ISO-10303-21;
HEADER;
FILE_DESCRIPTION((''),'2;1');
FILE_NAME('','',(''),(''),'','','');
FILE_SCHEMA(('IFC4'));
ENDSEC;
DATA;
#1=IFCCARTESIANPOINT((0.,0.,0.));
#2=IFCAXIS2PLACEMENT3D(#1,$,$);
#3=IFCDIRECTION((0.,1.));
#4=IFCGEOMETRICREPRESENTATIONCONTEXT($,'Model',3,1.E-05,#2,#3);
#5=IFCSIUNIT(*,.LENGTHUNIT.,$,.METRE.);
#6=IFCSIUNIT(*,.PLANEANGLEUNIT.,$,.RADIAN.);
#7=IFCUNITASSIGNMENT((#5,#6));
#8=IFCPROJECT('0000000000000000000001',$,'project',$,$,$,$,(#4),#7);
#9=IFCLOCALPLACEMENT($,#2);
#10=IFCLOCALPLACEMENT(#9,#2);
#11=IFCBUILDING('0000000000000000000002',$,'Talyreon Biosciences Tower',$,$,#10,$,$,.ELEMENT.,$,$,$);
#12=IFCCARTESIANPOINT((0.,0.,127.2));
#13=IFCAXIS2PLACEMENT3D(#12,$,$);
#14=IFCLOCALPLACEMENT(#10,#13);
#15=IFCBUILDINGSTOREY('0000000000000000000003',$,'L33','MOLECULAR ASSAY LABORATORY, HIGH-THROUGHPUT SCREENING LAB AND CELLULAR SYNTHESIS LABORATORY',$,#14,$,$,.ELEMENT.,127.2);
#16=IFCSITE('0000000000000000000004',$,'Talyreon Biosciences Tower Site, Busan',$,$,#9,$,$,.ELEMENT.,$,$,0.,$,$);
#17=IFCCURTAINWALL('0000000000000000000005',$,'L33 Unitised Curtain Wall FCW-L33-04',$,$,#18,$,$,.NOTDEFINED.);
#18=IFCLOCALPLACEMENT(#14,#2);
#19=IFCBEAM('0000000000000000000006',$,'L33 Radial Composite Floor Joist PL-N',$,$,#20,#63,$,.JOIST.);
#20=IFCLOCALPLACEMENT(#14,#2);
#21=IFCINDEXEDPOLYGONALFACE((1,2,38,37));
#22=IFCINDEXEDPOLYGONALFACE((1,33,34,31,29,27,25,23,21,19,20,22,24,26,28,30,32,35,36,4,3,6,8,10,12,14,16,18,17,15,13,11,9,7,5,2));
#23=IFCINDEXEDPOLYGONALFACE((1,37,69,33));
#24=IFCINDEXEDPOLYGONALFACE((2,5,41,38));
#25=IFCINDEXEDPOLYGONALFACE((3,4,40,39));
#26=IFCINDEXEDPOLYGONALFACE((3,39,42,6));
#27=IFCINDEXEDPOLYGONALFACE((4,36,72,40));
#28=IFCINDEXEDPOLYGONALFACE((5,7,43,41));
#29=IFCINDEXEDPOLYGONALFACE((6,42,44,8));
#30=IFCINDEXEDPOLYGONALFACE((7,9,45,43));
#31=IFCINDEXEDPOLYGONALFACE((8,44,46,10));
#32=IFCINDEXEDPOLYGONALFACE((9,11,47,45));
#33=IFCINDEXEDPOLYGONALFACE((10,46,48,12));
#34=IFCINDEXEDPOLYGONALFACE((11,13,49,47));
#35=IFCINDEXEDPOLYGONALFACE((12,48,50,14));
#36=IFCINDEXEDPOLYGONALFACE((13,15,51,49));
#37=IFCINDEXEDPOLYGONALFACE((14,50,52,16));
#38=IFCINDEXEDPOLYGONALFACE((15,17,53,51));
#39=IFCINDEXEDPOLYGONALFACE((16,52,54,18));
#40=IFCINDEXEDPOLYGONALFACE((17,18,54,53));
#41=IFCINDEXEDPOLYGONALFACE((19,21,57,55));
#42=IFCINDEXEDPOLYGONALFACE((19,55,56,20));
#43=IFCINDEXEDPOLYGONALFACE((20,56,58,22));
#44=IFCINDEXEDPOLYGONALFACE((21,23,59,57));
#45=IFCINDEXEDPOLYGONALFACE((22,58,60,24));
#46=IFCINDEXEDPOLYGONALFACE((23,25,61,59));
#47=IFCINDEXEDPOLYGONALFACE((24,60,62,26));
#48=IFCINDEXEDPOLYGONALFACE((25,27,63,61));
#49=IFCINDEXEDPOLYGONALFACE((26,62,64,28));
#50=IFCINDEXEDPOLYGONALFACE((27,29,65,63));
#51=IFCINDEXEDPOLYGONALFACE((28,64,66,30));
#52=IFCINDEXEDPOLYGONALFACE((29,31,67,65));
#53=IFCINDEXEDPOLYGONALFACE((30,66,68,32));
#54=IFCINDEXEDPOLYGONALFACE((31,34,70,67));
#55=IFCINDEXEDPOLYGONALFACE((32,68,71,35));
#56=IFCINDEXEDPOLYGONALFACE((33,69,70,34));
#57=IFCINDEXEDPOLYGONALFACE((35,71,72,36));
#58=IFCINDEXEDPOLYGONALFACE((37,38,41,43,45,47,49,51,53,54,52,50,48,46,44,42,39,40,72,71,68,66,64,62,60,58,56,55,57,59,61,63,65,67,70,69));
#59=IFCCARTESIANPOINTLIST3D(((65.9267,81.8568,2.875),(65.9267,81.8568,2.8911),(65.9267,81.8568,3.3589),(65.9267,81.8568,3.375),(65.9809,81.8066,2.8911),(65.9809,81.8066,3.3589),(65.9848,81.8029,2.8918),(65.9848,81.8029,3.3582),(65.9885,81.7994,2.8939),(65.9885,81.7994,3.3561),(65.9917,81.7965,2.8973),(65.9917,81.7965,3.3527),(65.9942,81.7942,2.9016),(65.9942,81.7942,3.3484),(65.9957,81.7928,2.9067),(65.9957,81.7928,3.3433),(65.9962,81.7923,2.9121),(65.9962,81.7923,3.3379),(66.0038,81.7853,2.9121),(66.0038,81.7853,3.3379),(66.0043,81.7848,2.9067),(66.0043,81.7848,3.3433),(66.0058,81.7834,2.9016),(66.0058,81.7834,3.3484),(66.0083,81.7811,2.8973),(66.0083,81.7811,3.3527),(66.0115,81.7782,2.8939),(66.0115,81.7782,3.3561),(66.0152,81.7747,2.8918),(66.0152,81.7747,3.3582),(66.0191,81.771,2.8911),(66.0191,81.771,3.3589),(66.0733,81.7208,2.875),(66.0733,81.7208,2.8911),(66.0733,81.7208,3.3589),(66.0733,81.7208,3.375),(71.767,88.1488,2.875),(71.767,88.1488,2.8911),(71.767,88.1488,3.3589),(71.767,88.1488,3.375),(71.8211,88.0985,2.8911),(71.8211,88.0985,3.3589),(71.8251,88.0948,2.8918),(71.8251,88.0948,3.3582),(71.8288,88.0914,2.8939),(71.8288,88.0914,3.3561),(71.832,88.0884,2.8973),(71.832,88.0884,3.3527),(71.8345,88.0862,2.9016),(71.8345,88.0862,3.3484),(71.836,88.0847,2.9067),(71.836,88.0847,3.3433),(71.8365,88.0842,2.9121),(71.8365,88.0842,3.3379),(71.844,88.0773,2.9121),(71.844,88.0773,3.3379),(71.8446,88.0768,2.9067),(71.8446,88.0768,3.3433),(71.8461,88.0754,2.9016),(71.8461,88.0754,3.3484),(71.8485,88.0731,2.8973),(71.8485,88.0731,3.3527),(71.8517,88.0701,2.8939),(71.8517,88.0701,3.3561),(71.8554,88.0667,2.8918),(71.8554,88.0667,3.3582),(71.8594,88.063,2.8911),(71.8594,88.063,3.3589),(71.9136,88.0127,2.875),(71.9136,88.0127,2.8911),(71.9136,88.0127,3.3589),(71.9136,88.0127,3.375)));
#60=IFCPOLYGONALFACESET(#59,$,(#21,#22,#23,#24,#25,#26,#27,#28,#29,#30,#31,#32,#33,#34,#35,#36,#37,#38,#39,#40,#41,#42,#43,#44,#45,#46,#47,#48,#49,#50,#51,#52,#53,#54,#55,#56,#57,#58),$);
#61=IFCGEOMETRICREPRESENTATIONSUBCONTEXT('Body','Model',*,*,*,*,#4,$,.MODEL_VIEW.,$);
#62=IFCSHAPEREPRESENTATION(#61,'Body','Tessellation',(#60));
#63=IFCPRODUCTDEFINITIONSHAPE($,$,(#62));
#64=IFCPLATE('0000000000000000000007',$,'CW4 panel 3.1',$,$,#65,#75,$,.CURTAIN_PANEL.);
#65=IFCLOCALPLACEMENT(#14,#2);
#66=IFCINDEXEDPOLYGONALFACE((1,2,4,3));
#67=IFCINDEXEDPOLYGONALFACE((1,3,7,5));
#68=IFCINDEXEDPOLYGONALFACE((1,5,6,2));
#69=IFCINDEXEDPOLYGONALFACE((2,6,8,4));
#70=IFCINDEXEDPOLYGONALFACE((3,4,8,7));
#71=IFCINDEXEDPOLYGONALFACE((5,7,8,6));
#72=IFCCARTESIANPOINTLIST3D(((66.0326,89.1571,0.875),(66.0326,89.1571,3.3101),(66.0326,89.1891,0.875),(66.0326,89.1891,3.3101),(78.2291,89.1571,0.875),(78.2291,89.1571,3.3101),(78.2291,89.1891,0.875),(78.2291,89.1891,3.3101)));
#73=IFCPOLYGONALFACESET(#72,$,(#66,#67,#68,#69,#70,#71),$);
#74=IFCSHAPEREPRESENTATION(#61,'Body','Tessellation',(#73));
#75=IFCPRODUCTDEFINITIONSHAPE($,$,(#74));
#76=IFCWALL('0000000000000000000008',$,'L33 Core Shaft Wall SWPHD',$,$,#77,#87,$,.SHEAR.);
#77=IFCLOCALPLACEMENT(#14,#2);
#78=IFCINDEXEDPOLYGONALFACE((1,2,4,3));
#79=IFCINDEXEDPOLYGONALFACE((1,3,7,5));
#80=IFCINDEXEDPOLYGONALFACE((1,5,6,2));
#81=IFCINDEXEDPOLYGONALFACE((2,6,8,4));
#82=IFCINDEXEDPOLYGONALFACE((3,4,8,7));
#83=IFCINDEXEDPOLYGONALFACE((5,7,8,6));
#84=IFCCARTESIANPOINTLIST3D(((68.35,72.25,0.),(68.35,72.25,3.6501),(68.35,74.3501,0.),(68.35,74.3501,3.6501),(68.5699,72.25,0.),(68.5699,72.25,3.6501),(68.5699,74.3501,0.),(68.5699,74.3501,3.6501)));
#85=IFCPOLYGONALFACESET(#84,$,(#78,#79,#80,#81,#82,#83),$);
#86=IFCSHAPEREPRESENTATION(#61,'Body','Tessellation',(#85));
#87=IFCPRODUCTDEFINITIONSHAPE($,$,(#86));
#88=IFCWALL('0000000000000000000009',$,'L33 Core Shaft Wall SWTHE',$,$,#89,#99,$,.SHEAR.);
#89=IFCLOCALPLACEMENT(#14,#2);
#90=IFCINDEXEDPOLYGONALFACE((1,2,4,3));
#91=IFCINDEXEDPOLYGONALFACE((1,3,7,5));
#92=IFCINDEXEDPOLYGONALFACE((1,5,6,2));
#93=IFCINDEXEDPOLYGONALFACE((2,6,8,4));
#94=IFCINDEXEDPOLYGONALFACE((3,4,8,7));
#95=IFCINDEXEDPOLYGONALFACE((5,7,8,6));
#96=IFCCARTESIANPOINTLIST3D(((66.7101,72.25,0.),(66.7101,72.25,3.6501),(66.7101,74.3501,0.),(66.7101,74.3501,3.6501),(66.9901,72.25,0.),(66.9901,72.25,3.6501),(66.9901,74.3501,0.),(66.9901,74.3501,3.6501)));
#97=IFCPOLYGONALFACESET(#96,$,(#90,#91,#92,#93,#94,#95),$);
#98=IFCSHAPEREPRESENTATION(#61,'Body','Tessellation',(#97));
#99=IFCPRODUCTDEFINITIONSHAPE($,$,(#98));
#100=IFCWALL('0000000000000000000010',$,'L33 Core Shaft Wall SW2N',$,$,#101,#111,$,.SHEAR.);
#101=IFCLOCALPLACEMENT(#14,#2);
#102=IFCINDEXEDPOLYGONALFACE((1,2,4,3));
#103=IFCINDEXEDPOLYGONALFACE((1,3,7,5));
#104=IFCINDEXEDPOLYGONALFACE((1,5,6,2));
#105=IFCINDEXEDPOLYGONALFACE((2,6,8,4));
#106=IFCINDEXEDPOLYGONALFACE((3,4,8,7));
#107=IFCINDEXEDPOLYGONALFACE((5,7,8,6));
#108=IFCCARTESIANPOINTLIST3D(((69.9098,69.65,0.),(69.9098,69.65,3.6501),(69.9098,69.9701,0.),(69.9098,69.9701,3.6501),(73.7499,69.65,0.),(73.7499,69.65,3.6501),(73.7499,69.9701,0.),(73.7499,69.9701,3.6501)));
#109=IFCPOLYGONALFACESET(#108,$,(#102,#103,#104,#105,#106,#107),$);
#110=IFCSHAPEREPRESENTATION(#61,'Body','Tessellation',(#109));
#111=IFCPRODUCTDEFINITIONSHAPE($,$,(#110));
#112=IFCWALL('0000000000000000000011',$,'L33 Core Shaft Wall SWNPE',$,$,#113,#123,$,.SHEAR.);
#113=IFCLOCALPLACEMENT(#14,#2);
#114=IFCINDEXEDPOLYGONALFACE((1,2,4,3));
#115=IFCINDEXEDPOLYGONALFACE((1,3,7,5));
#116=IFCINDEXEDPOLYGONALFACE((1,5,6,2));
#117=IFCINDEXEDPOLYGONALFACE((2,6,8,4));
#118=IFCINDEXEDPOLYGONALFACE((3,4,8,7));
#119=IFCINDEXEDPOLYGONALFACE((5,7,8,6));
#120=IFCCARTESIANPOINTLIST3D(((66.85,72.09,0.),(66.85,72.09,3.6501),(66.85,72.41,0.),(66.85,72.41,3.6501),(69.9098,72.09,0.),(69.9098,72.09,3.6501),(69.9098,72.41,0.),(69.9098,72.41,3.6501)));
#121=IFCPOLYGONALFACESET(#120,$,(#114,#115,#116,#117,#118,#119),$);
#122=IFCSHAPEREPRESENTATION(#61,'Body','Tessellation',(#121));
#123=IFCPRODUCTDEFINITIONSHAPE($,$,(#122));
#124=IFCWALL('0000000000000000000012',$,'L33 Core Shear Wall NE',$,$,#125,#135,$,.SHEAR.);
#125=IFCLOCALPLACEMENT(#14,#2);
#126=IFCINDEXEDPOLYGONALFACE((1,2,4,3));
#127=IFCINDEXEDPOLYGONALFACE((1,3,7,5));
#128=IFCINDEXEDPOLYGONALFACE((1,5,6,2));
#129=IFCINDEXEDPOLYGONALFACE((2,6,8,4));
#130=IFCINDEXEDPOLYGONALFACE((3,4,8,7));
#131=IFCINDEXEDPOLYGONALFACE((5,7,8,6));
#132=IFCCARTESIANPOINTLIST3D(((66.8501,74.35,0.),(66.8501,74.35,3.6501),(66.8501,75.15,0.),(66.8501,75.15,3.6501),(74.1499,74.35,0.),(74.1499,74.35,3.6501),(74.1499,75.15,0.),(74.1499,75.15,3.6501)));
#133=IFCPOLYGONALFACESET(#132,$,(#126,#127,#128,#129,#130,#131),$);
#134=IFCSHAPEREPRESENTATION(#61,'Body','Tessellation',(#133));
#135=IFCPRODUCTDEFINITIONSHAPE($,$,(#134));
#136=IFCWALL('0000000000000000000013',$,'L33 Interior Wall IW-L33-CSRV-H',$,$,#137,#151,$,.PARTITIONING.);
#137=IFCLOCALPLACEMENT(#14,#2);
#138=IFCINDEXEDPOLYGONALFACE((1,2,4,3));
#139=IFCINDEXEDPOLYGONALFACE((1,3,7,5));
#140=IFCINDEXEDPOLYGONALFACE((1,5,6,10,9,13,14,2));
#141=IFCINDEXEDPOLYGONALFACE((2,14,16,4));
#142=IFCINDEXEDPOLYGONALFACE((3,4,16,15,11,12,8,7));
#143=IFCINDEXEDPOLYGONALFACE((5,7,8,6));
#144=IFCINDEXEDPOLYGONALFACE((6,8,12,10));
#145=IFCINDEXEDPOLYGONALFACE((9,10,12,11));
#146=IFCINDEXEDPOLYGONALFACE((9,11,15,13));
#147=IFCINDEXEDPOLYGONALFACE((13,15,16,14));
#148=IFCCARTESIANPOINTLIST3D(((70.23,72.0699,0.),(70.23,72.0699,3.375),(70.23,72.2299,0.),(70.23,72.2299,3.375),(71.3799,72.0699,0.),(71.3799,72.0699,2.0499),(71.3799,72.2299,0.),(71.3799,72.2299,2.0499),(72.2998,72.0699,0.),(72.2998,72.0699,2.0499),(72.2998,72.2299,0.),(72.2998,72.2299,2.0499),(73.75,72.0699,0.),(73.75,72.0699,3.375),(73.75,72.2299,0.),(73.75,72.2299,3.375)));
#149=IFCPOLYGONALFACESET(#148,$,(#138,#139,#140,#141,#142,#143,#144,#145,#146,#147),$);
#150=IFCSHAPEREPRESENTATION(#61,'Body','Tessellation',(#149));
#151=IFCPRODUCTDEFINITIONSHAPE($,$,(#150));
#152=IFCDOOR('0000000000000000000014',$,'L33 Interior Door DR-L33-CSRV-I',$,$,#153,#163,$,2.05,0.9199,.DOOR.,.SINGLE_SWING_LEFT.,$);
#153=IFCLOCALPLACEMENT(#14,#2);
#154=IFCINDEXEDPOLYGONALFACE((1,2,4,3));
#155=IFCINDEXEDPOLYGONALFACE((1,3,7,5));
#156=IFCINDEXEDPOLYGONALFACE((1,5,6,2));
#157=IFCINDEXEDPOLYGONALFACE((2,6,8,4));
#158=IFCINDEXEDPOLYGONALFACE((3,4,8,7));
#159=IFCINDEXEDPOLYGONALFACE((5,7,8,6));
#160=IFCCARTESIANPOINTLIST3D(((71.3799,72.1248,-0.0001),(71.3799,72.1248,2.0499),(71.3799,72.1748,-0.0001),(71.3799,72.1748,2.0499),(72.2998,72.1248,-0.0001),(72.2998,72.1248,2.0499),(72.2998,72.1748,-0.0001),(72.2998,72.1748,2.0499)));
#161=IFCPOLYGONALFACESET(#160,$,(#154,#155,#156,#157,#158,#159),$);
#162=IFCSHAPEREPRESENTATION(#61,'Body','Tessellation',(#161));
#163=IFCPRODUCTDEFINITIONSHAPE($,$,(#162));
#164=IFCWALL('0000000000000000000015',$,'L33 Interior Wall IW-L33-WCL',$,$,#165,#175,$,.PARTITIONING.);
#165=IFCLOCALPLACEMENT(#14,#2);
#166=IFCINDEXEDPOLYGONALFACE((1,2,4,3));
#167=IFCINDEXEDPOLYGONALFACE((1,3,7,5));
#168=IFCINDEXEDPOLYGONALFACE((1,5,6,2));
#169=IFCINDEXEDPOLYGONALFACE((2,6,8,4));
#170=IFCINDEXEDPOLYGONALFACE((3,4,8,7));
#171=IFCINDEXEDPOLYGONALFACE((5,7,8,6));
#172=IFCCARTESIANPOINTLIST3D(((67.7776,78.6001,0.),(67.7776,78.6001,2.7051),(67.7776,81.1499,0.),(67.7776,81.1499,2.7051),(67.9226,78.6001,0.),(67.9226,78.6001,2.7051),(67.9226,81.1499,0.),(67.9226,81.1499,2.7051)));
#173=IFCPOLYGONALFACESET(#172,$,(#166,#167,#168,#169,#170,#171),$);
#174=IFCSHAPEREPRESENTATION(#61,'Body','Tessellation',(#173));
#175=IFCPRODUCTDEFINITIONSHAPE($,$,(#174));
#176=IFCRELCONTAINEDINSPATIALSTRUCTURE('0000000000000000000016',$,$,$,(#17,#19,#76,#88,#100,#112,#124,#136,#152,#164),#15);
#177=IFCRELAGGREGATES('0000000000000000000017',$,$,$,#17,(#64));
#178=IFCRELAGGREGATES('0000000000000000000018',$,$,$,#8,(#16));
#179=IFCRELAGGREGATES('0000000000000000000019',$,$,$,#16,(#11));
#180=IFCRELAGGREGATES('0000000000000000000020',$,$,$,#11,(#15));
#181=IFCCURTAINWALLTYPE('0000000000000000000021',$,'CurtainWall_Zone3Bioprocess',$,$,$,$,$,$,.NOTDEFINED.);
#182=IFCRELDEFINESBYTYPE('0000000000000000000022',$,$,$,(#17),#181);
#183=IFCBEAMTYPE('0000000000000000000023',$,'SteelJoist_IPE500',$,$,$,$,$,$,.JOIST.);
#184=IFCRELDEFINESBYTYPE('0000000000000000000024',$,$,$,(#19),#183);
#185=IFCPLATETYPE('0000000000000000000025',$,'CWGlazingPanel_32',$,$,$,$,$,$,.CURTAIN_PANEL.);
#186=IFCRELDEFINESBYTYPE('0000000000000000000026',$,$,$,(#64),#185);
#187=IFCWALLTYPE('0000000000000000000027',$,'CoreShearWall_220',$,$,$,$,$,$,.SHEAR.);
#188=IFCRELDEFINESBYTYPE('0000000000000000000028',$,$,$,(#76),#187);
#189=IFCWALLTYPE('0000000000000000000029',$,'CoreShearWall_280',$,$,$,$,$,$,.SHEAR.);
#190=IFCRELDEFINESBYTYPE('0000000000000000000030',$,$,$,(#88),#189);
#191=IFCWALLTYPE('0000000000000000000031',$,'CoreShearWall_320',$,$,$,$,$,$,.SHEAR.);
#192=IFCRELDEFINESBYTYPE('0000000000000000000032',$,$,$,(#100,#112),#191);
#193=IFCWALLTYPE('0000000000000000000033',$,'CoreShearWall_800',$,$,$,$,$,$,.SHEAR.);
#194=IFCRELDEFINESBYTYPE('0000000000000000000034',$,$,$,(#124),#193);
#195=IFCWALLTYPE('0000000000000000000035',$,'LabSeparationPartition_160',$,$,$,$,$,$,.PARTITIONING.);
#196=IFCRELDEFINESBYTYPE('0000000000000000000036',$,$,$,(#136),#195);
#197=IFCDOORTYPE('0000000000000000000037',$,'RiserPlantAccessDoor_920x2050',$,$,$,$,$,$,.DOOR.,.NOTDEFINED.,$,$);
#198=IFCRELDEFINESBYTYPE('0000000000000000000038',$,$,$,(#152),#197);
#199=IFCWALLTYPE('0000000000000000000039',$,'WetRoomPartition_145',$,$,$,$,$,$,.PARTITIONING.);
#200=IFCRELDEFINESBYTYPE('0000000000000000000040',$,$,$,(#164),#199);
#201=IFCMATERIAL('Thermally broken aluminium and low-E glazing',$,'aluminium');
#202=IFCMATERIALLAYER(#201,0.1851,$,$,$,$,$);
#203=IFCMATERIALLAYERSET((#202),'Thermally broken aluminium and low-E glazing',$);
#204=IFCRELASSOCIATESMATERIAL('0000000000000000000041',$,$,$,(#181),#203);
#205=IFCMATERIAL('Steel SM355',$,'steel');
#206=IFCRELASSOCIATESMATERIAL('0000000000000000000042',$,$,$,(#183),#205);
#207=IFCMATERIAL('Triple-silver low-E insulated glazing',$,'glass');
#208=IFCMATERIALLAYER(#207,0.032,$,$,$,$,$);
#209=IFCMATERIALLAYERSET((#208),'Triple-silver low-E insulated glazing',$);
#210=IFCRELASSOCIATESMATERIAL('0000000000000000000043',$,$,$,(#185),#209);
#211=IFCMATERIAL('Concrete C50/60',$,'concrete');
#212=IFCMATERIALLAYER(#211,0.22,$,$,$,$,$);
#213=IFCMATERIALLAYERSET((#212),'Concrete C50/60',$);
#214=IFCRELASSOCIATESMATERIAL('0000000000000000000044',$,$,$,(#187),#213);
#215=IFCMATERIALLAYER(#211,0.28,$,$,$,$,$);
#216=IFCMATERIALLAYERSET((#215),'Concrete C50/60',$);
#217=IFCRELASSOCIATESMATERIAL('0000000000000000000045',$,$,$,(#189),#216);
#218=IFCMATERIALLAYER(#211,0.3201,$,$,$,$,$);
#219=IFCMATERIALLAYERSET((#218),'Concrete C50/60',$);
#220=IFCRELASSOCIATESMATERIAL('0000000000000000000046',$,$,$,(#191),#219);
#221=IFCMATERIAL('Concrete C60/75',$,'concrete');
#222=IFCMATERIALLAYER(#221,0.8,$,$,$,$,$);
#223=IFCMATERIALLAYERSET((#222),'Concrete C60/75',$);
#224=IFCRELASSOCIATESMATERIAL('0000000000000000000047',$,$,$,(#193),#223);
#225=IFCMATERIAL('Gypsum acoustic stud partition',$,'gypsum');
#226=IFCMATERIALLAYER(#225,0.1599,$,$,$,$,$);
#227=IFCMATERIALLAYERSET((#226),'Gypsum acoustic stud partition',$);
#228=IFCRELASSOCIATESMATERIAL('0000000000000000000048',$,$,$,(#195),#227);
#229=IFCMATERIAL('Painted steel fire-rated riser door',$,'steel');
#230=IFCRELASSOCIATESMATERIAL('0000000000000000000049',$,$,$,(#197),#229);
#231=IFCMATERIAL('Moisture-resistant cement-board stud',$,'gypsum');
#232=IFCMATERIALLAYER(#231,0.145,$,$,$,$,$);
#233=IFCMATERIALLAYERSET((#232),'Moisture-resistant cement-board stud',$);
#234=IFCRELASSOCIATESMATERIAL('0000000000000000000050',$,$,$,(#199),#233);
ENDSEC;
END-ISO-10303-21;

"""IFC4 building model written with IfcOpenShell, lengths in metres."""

from ifc_helpers import new_model, si_unit, direction, frame, frame_2d, origin, origin_2d, place, context, subcontext, project, spatial, rectangle, i_section, extrude, material, layer, layer_set, material_profile, profile_set, type_object, element, fill, aggregate, save


model = new_model("IFC4")

# Units and contexts
model_context = context("Model", 3, precision=1e-05, world=origin(), true_north=direction((0.0, 1.0)))
body_context = subcontext(model_context, "Body", "Model", "MODEL_VIEW")
ifc_project = project(units=[si_unit("LENGTHUNIT", "METRE"), si_unit("PLANEANGLEUNIT", "RADIAN")], contexts=[model_context])

# Site, building, storey
site_placement = place(None, origin())
site = spatial("IfcSite", under=ifc_project, at=site_placement, Name="Talyreon Biosciences Tower Site, Busan", CompositionType="ELEMENT", RefElevation=0.0)
building_placement = place(site_placement, origin())
building = spatial("IfcBuilding", under=site, at=building_placement, Name="Talyreon Biosciences Tower", CompositionType="ELEMENT")
storey_placement = place(building_placement, frame((0.0, 0.0, 127.2)))
storey = spatial("IfcBuildingStorey", under=building, at=storey_placement, Name="L33", Description="MOLECULAR ASSAY LABORATORY, HIGH-THROUGHPUT SCREENING LAB AND CELLULAR SYNTHESIS LABORATORY", CompositionType="ELEMENT", Elevation=127.2)

# Shared definitions
ifc_material_1 = material(Name="Concrete C60/75", Category="concrete")
ifc_material_2 = material(Name="Concrete C50/60", Category="concrete")

# Curtain wall
ifc_material_3 = material(Name="Thermally broken aluminium and low-E glazing", Category="aluminium")
ifc_layer_1 = layer(ifc_material_3, 0.1851)
ifc_layer_set_1 = layer_set([ifc_layer_1], Name="Thermally broken aluminium and low-E glazing")
curtain_wall_type = type_object("IfcCurtainWallType", Name="CurtainWall_Zone3Bioprocess", PredefinedType="NOTDEFINED", material=ifc_layer_set_1)
curtain_wall_placement = place(storey_placement, origin())
curtain_wall = element("IfcCurtainWall", 1, at=curtain_wall_placement, inside=storey, type_object=curtain_wall_type, Name="L33 Unitised Curtain Wall FCW-L33-04", PredefinedType="NOTDEFINED")

# Beam
ifc_material_4 = material(Name="Steel SM355", Category="steel")
ifc_material_profile_1 = material_profile(ifc_material_4, i_section(OverallWidth=0.2, OverallDepth=0.5, WebThickness=0.0103, FlangeThickness=0.0161, FilletRadius=0.021, at=origin_2d()), Name="IPE500")
ifc_profile_set_1 = profile_set([ifc_material_profile_1], Name="Steel SM355")
beam_type_1 = type_object("IfcBeamType", Name="SteelJoist_IPE500", PredefinedType="JOIST", material=ifc_profile_set_1)
beam_1_placement = place(storey_placement, frame((66.0, 81.7888, 3.125), z_axis=(0.680311, 0.732923, 0.0), x_axis=(-0.732923, 0.680311, 0.0)))
element("IfcBeam", 2, at=beam_1_placement, inside=storey, type_object=beam_type_1, Name="L33 Radial Composite Floor Joist PL-N", PredefinedType="JOIST", context=body_context, shape_type="SweptSolid", body=[
    extrude(i_section(OverallWidth=0.2, OverallDepth=0.5, WebThickness=0.0103, FlangeThickness=0.0161, FilletRadius=0.021, at=origin_2d()), origin(), (0.0, 0.0, 1.0), 8.5847),
])

# Plate
ifc_material_5 = material(Name="Triple-silver low-E insulated glazing", Category="glass")
ifc_layer_2 = layer(ifc_material_5, 0.032)
ifc_layer_set_2 = layer_set([ifc_layer_2], Name="Triple-silver low-E insulated glazing")
plate_type = type_object("IfcPlateType", Name="CWGlazingPanel_32", PredefinedType="CURTAIN_PANEL", material=ifc_layer_set_2)
plate_placement = place(storey_placement, frame((72.1309, 89.1731, 0.875), z_axis=(0.0, 0.0, 1.0), x_axis=(1.0, 0.0, 0.0)))
plate = element("IfcPlate", 3, at=plate_placement, type_object=plate_type, Name="CW4 panel 3.1", PredefinedType="CURTAIN_PANEL", context=body_context, shape_type="SweptSolid", body=[
    extrude(rectangle(XDim=12.1965, YDim=0.032, at=origin_2d()), origin(), (0.0, 0.0, 1.0), 2.4351),
])
aggregate(curtain_wall, [plate])

# Walls
ifc_layer_3 = layer(ifc_material_2, 0.22)
ifc_layer_set_3 = layer_set([ifc_layer_3], Name="Concrete C50/60")
wall_type_1 = type_object("IfcWallType", Name="CoreShearWall_220", PredefinedType="SHEAR", material=ifc_layer_set_3)
wall_1_placement = place(storey_placement, frame((68.46, 72.25, 0.0), z_axis=(0.0, 0.0, 1.0), x_axis=(0.0, 1.0, 0.0)))
element("IfcWall", 4, at=wall_1_placement, inside=storey, type_object=wall_type_1, Name="L33 Core Shaft Wall SWPHD", PredefinedType="SHEAR", context=body_context, shape_type="SweptSolid", body=[
    extrude(rectangle(XDim=2.1001, YDim=0.22, at=frame_2d((1.05, 0.0))), origin(), (0.0, 0.0, 1.0), 3.6501),
])
ifc_layer_4 = layer(ifc_material_2, 0.28)
ifc_layer_set_4 = layer_set([ifc_layer_4], Name="Concrete C50/60")
wall_type_2 = type_object("IfcWallType", Name="CoreShearWall_280", PredefinedType="SHEAR", material=ifc_layer_set_4)
wall_2_placement = place(storey_placement, frame((66.8501, 72.25, 0.0), z_axis=(0.0, 0.0, 1.0), x_axis=(0.0, 1.0, 0.0)))
element("IfcWall", 5, at=wall_2_placement, inside=storey, type_object=wall_type_2, Name="L33 Core Shaft Wall SWTHE", PredefinedType="SHEAR", context=body_context, shape_type="SweptSolid", body=[
    extrude(rectangle(XDim=2.1001, YDim=0.28, at=frame_2d((1.05, 0.0))), origin(), (0.0, 0.0, 1.0), 3.6501),
])
ifc_layer_5 = layer(ifc_material_2, 0.3201)
ifc_layer_set_5 = layer_set([ifc_layer_5], Name="Concrete C50/60")
wall_type_3 = type_object("IfcWallType", Name="CoreShearWall_320", PredefinedType="SHEAR", material=ifc_layer_set_5)
wall_3_placement = place(storey_placement, frame((69.9099, 69.8101, 0.0), z_axis=(0.0, 0.0, 1.0), x_axis=(1.0, 0.0, 0.0)))
element("IfcWall", 6, at=wall_3_placement, inside=storey, type_object=wall_type_3, Name="L33 Core Shaft Wall SW2N", PredefinedType="SHEAR", context=body_context, shape_type="SweptSolid", body=[
    extrude(rectangle(XDim=3.8401, YDim=0.3201, at=frame_2d((1.9199, 0.0))), origin(), (0.0, 0.0, 1.0), 3.6501),
])
wall_4_placement = place(storey_placement, frame((66.8501, 72.25, 0.0), z_axis=(0.0, 0.0, 1.0), x_axis=(1.0, 0.0, 0.0)))
element("IfcWall", 7, at=wall_4_placement, inside=storey, type_object=wall_type_3, Name="L33 Core Shaft Wall SWNPE", PredefinedType="SHEAR", context=body_context, shape_type="SweptSolid", body=[
    extrude(rectangle(XDim=3.0598, YDim=0.3201, at=frame_2d((1.5298, 0.0))), origin(), (0.0, 0.0, 1.0), 3.6501),
])
ifc_layer_6 = layer(ifc_material_1, 0.8)
ifc_layer_set_6 = layer_set([ifc_layer_6], Name="Concrete C60/75")
wall_type_4 = type_object("IfcWallType", Name="CoreShearWall_800", PredefinedType="SHEAR", material=ifc_layer_set_6)
wall_5_placement = place(storey_placement, frame((74.1499, 74.75, 0.0), z_axis=(0.0, 0.0, 1.0), x_axis=(-1.0, 0.0, 0.0)))
element("IfcWall", 8, at=wall_5_placement, inside=storey, type_object=wall_type_4, Name="L33 Core Shear Wall NE", PredefinedType="SHEAR", context=body_context, shape_type="SweptSolid", body=[
    extrude(rectangle(XDim=7.2998, YDim=0.8, at=frame_2d((3.6499, 0.0))), origin(), (0.0, 0.0, 1.0), 3.6501),
])

# Wall, opening, door
ifc_material_6 = material(Name="Gypsum acoustic stud partition", Category="gypsum")
ifc_layer_7 = layer(ifc_material_6, 0.1599)
ifc_layer_set_7 = layer_set([ifc_layer_7], Name="Gypsum acoustic stud partition")
wall_type_5 = type_object("IfcWallType", Name="LabSeparationPartition_160", PredefinedType="PARTITIONING", material=ifc_layer_set_7)
wall_6_placement = place(storey_placement, frame((70.23, 72.1499, 0.0), z_axis=(0.0, 0.0, 1.0), x_axis=(1.0, 0.0, 0.0)))
wall_6 = element("IfcWall", 9, at=wall_6_placement, inside=storey, type_object=wall_type_5, Name="L33 Interior Wall IW-L33-CSRV-H", PredefinedType="PARTITIONING", context=body_context, shape_type="SweptSolid", body=[
    extrude(rectangle(XDim=3.52, YDim=0.1599, at=frame_2d((1.76, 0.0))), origin(), (0.0, 0.0, 1.0), 3.375),
])
opening_placement = place(wall_6_placement, frame((1.1499, 0.0, 0.0)))
opening = element("IfcOpeningElement", 10, at=opening_placement, cuts=wall_6, PredefinedType="OPENING", context=body_context, shape_type="SweptSolid", body=[
    extrude(rectangle(XDim=0.9199, YDim=2.05, at=frame_2d((0.46, 1.0249))), frame((0.0, 0.0898, 0.0), z_axis=(0.0, -1.0, 0.0), x_axis=(1.0, 0.0, 0.0)), (0.0, 0.0, 1.0), 0.1799),
])
ifc_material_7 = material(Name="Painted steel fire-rated riser door", Category="steel")
door_type = type_object("IfcDoorType", Name="RiserPlantAccessDoor_920x2050", OperationType="NOTDEFINED", PredefinedType="DOOR", material=ifc_material_7)
door_placement = place(opening_placement, origin())
door = element("IfcDoor", 11, at=door_placement, inside=storey, type_object=door_type, Name="L33 Interior Door DR-L33-CSRV-I", OperationType="SINGLE_SWING_LEFT", OverallHeight=2.05, OverallWidth=0.9199, PredefinedType="DOOR", context=body_context, shape_type="SweptSolid", body=[
    extrude(rectangle(XDim=0.9199, YDim=2.05, at=frame_2d((0.46, 1.0249))), frame((0.0, 0.0249, 0.0), z_axis=(0.0, -1.0, 0.0), x_axis=(1.0, 0.0, 0.0)), (0.0, 0.0, 1.0), 0.05),
])
fill(opening, door)

# Wall
ifc_material_8 = material(Name="Moisture-resistant cement-board stud", Category="gypsum")
ifc_layer_8 = layer(ifc_material_8, 0.145)
ifc_layer_set_8 = layer_set([ifc_layer_8], Name="Moisture-resistant cement-board stud")
wall_type_6 = type_object("IfcWallType", Name="WetRoomPartition_145", PredefinedType="PARTITIONING", material=ifc_layer_set_8)
for number, where, z_axis, x_axis, name in (
    (12, (67.8501, 78.6001, 0.0), (0.0, 0.0, 1.0), (0.0, 1.0, 0.0), "L33 Interior Wall IW-L33-WCL"),
):
    element("IfcWall", number, at=place(storey_placement, frame(where, z_axis=z_axis, x_axis=x_axis)), inside=storey, type_object=wall_type_6, Name=name, PredefinedType="PARTITIONING", context=body_context, shape_type="SweptSolid", body=[
        extrude(rectangle(XDim=2.5498, YDim=0.145, at=frame_2d((1.2749, 0.0))), origin(), (0.0, 0.0, 1.0), 2.7051),
    ])

save(model, "model.ifc")
